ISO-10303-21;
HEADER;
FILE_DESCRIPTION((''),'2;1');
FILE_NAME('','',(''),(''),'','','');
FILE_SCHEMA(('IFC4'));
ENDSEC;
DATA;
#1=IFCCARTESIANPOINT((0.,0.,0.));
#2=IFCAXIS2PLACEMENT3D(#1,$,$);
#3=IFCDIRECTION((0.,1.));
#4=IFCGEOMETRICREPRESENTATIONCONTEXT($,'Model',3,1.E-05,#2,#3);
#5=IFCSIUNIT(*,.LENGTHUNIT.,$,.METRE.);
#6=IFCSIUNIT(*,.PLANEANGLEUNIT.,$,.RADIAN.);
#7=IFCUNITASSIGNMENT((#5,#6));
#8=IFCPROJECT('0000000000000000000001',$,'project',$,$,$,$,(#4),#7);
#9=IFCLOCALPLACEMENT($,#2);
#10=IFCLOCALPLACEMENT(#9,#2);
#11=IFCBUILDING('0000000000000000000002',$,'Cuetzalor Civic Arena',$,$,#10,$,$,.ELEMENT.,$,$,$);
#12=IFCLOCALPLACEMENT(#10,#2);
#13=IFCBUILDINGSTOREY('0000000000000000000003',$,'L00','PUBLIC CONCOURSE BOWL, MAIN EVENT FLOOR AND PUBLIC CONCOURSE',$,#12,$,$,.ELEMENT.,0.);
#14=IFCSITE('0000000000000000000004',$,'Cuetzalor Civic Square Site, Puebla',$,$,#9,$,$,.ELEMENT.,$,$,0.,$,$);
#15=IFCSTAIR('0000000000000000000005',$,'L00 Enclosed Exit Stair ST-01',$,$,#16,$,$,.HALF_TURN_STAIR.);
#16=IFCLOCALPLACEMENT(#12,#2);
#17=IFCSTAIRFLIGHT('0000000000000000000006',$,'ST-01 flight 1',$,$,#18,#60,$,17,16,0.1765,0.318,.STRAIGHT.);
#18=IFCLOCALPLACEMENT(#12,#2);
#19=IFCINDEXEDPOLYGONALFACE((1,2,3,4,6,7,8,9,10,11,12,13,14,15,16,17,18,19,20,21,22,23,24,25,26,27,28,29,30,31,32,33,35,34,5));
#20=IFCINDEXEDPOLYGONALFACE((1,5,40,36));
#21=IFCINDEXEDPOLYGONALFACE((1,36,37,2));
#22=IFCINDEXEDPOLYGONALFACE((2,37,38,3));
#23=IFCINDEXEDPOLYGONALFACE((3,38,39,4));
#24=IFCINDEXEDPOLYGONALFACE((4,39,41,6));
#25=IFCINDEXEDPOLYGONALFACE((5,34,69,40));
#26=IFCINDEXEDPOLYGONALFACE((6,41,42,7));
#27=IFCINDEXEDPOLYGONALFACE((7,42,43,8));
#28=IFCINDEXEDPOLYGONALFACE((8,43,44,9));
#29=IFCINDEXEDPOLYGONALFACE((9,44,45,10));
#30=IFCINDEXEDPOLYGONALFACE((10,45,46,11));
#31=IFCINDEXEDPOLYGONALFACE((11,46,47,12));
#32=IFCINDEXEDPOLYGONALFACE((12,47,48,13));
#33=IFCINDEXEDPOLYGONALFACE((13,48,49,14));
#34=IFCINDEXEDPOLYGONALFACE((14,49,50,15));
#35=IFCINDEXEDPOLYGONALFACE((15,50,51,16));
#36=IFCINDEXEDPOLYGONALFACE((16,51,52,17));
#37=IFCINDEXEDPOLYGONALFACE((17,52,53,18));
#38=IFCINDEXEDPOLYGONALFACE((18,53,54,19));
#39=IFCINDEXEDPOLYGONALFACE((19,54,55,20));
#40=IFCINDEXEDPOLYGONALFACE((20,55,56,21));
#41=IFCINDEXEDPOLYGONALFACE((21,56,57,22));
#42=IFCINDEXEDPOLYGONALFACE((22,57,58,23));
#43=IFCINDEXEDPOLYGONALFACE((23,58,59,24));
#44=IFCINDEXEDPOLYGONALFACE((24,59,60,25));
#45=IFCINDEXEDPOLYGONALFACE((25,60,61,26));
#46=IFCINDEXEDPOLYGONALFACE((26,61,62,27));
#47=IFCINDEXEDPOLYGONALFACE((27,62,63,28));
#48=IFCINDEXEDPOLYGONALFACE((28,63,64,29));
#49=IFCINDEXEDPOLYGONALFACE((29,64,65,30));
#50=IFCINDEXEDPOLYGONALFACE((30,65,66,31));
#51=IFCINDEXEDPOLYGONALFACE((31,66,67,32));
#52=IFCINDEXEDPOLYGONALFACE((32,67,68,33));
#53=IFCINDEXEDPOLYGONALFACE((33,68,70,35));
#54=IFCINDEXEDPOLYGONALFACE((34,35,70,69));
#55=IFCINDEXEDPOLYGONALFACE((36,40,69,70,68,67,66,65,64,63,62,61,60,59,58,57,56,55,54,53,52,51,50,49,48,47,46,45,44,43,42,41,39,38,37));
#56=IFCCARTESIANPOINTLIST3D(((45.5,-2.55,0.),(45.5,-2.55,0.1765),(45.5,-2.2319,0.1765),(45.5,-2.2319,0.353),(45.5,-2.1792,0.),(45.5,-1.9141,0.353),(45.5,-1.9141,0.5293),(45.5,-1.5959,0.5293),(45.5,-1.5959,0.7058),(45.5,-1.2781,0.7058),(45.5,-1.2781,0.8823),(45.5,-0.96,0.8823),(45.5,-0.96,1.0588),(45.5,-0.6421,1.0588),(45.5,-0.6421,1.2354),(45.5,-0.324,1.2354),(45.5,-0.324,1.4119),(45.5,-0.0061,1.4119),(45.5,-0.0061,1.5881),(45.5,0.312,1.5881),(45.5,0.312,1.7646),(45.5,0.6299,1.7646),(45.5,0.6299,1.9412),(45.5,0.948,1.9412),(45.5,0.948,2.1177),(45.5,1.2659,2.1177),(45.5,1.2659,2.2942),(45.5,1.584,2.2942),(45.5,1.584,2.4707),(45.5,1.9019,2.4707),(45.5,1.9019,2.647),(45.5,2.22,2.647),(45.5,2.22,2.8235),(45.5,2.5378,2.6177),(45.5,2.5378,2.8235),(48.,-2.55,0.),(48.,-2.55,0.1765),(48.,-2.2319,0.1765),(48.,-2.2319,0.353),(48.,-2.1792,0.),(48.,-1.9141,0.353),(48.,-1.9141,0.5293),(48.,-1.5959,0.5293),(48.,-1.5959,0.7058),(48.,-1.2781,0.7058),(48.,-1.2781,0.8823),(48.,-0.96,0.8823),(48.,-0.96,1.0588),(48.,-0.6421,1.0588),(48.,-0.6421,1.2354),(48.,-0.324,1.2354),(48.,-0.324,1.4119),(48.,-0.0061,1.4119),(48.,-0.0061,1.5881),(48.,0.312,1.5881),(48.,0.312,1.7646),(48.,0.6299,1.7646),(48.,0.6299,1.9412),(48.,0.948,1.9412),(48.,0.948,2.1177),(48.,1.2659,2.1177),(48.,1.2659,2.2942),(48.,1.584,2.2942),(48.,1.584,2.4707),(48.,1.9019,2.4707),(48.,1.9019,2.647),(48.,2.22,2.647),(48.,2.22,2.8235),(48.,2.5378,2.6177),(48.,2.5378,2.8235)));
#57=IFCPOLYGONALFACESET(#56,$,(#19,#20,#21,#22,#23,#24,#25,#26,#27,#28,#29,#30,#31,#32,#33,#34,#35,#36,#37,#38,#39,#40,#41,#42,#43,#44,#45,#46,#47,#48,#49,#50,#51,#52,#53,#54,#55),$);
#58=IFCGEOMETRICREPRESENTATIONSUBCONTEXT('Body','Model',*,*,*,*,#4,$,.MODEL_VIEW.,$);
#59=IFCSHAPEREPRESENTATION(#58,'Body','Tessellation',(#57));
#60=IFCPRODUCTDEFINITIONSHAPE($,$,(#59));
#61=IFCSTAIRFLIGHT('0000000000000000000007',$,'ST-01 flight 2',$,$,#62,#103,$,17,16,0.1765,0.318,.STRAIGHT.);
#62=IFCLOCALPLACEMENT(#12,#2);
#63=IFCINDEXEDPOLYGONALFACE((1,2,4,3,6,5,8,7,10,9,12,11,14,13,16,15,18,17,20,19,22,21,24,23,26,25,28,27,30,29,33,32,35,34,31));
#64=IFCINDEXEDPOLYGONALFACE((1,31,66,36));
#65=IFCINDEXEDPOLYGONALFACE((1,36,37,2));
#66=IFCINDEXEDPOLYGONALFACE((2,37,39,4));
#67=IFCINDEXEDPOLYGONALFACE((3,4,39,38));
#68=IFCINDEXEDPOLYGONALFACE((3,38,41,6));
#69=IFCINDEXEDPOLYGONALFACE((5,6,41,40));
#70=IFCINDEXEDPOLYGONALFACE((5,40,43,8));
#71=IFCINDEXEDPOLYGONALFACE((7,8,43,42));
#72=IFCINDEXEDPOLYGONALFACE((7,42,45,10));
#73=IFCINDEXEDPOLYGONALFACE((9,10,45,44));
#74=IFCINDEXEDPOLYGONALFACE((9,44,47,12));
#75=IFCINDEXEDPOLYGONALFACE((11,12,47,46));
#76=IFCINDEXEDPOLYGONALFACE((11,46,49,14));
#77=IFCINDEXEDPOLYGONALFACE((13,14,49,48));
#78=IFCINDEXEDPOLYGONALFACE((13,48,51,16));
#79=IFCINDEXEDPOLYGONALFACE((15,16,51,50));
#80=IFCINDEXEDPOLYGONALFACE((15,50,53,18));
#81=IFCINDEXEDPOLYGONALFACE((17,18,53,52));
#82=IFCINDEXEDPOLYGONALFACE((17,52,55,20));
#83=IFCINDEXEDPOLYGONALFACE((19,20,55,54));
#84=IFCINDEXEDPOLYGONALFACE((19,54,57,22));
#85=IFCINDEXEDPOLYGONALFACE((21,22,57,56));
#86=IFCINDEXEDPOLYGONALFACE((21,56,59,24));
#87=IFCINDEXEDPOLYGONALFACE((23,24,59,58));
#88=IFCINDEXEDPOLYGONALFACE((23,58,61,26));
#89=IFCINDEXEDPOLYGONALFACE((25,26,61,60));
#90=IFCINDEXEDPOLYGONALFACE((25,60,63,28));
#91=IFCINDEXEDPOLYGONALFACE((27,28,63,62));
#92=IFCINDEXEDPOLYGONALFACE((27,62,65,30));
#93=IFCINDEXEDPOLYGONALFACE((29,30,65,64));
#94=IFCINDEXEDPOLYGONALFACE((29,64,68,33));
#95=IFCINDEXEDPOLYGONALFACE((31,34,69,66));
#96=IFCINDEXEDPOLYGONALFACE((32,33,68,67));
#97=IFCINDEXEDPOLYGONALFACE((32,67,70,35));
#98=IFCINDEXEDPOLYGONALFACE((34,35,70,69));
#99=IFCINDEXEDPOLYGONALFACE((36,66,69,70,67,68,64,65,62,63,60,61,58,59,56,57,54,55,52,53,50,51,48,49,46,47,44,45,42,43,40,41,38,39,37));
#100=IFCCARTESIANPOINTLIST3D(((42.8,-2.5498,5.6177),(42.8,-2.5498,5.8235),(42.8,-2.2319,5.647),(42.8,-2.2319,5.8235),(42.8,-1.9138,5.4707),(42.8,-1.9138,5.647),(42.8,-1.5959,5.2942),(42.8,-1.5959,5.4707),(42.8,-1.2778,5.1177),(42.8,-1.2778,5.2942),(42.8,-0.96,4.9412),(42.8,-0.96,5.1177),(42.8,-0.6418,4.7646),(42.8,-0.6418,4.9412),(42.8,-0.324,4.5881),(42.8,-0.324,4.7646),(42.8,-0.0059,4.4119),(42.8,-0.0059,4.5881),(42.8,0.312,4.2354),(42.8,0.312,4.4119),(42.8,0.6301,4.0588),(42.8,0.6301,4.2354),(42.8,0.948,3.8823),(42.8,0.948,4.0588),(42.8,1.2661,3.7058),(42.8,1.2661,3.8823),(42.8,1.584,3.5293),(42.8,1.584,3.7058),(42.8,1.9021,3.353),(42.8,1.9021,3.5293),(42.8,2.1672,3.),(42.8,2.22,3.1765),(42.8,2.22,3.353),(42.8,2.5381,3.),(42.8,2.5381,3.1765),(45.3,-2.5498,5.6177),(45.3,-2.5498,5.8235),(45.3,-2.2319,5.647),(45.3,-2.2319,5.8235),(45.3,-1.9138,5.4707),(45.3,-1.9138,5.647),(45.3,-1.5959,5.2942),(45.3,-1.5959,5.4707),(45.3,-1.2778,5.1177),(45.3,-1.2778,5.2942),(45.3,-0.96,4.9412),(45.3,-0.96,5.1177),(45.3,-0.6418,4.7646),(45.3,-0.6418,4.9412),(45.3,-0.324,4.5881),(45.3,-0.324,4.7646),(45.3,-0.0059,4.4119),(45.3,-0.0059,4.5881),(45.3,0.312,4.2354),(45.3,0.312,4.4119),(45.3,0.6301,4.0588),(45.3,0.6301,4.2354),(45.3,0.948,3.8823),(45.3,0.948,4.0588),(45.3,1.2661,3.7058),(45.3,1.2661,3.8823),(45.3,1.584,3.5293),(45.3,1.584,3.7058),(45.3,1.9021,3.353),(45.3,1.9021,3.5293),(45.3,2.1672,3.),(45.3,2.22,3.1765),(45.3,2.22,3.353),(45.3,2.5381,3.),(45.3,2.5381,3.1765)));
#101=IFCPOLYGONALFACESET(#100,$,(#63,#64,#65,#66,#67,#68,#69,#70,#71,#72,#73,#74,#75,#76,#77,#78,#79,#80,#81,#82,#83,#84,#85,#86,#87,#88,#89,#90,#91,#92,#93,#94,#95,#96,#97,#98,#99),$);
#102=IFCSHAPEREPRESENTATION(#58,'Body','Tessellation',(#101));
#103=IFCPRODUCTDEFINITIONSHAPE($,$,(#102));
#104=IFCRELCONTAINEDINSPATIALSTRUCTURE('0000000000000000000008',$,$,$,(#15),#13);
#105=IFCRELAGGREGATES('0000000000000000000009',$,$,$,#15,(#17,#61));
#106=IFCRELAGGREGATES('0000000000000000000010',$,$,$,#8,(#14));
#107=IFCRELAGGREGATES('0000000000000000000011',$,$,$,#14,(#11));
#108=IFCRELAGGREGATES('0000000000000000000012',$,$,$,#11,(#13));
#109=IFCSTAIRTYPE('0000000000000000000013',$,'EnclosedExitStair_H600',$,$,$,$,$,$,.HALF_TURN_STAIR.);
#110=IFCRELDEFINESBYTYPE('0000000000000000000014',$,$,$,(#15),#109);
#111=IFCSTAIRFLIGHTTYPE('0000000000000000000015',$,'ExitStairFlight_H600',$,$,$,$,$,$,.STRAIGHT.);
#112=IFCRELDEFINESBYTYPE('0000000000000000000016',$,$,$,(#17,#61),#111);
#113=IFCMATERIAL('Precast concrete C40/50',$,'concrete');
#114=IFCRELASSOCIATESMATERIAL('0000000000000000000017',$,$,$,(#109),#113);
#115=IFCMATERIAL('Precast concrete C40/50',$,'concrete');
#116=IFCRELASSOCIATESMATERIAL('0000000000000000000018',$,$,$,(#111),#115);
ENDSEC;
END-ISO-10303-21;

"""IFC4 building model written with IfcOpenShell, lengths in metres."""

from ifc_helpers import new_model, si_unit, direction, frame, origin, place, context, subcontext, project, spatial, polyline, outline, extrude, material, type_object, element, aggregate, save


model = new_model("IFC4")

# Units and contexts
model_context = context("Model", 3, precision=1e-05, world=origin(), true_north=direction((0.0, 1.0)))
body_context = subcontext(model_context, "Body", "Model", "MODEL_VIEW")
ifc_project = project(units=[si_unit("LENGTHUNIT", "METRE"), si_unit("PLANEANGLEUNIT", "RADIAN")], contexts=[model_context])

# Site, building, storey
site_placement = place(None, origin())
site = spatial("IfcSite", under=ifc_project, at=site_placement, Name="Cuetzalor Civic Square Site, Puebla", CompositionType="ELEMENT", RefElevation=0.0)
building_placement = place(site_placement, origin())
building = spatial("IfcBuilding", under=site, at=building_placement, Name="Cuetzalor Civic Arena", CompositionType="ELEMENT")
storey_placement = place(building_placement, origin())
storey = spatial("IfcBuildingStorey", under=building, at=storey_placement, Name="L00", Description="PUBLIC CONCOURSE BOWL, MAIN EVENT FLOOR AND PUBLIC CONCOURSE", CompositionType="ELEMENT", Elevation=0.0)

# Stair, stair flights
ifc_material_1 = material(Name="Precast concrete C40/50", Category="concrete")
stair_type = type_object("IfcStairType", Name="EnclosedExitStair_H600", PredefinedType="HALF_TURN_STAIR", material=ifc_material_1)
stair_placement = place(storey_placement, origin())
stair = element("IfcStair", 1, at=stair_placement, inside=storey, type_object=stair_type, Name="L00 Enclosed Exit Stair ST-01", PredefinedType="HALF_TURN_STAIR")
ifc_material_2 = material(Name="Precast concrete C40/50", Category="concrete")
stair_flight_type = type_object("IfcStairFlightType", Name="ExitStairFlight_H600", PredefinedType="STRAIGHT", material=ifc_material_2)
stair_flight_1_placement = place(storey_placement, frame((46.75, -2.55, 0.0), z_axis=(0.0, 0.0, 1.0), x_axis=(0.0, 1.0, 0.0)))
stair_flight_1 = element("IfcStairFlight", 2, at=stair_flight_1_placement, type_object=stair_flight_type, Name="ST-01 flight 1", NumberOfRisers=17, NumberOfTreads=16, PredefinedType="STRAIGHT", RiserHeight=0.1765, TreadLength=0.318, context=body_context, shape_type="SweptSolid", body=[
    extrude(outline(polyline([(0.0, 0.0), (0.0, 0.1765), (0.3181, 0.1765), (0.3181, 0.353), (0.636, 0.353), (0.636, 0.5293), (0.9541, 0.5293), (0.9541, 0.7058), (1.272, 0.7058), (1.272, 0.8823), (1.5901, 0.8823), (1.5901, 1.0588), (1.908, 1.0588), (1.908, 1.2354), (2.2261, 1.2354), (2.2261, 1.4119), (2.5439, 1.4119), (2.5439, 1.5881), (2.8621, 1.5881), (2.8621, 1.7646), (3.1799, 1.7646), (3.1799, 1.9412), (3.498, 1.9412), (3.498, 2.1177), (3.8159, 2.1177), (3.8159, 2.2942), (4.134, 2.2942), (4.134, 2.4707), (4.4519, 2.4707), (4.4519, 2.647), (4.77, 2.647), (4.77, 2.8235), (5.0879, 2.8235), (5.0879, 3.0), (5.0879, 2.6177), (0.3708, 0.0), (0.0, 0.0)])), frame((0.0, 1.25, 0.0), z_axis=(0.0, -1.0, 0.0), x_axis=(1.0, 0.0, 0.0)), (0.0, 0.0, 1.0), 2.5),
])
stair_flight_2_placement = place(storey_placement, frame((44.05, 2.5381, 3.0), z_axis=(0.0, 0.0, 1.0), x_axis=(0.0, -1.0, 0.0)))
stair_flight_2 = element("IfcStairFlight", 3, at=stair_flight_2_placement, type_object=stair_flight_type, Name="ST-01 flight 2", NumberOfRisers=17, NumberOfTreads=16, PredefinedType="STRAIGHT", RiserHeight=0.1765, TreadLength=0.318, context=body_context, shape_type="SweptSolid", body=[
    extrude(outline(polyline([(0.0, 0.0), (0.0, 0.1765), (0.3181, 0.1765), (0.3181, 0.353), (0.636, 0.353), (0.636, 0.5293), (0.9541, 0.5293), (0.9541, 0.7058), (1.272, 0.7058), (1.272, 0.8823), (1.5901, 0.8823), (1.5901, 1.0588), (1.908, 1.0588), (1.908, 1.2354), (2.2261, 1.2354), (2.2261, 1.4119), (2.5439, 1.4119), (2.5439, 1.5881), (2.8621, 1.5881), (2.8621, 1.7646), (3.1799, 1.7646), (3.1799, 1.9412), (3.498, 1.9412), (3.498, 2.1177), (3.8159, 2.1177), (3.8159, 2.2942), (4.134, 2.2942), (4.134, 2.4707), (4.4519, 2.4707), (4.4519, 2.647), (4.77, 2.647), (4.77, 2.8235), (5.0879, 2.8235), (5.0879, 3.0), (5.0879, 2.6177), (0.3708, 0.0), (0.0, 0.0)])), frame((0.0, 1.25, 0.0), z_axis=(0.0, -1.0, 0.0), x_axis=(1.0, 0.0, 0.0)), (0.0, 0.0, 1.0), 2.5),
])
aggregate(stair, [stair_flight_1, stair_flight_2])

save(model, "model.ifc")
